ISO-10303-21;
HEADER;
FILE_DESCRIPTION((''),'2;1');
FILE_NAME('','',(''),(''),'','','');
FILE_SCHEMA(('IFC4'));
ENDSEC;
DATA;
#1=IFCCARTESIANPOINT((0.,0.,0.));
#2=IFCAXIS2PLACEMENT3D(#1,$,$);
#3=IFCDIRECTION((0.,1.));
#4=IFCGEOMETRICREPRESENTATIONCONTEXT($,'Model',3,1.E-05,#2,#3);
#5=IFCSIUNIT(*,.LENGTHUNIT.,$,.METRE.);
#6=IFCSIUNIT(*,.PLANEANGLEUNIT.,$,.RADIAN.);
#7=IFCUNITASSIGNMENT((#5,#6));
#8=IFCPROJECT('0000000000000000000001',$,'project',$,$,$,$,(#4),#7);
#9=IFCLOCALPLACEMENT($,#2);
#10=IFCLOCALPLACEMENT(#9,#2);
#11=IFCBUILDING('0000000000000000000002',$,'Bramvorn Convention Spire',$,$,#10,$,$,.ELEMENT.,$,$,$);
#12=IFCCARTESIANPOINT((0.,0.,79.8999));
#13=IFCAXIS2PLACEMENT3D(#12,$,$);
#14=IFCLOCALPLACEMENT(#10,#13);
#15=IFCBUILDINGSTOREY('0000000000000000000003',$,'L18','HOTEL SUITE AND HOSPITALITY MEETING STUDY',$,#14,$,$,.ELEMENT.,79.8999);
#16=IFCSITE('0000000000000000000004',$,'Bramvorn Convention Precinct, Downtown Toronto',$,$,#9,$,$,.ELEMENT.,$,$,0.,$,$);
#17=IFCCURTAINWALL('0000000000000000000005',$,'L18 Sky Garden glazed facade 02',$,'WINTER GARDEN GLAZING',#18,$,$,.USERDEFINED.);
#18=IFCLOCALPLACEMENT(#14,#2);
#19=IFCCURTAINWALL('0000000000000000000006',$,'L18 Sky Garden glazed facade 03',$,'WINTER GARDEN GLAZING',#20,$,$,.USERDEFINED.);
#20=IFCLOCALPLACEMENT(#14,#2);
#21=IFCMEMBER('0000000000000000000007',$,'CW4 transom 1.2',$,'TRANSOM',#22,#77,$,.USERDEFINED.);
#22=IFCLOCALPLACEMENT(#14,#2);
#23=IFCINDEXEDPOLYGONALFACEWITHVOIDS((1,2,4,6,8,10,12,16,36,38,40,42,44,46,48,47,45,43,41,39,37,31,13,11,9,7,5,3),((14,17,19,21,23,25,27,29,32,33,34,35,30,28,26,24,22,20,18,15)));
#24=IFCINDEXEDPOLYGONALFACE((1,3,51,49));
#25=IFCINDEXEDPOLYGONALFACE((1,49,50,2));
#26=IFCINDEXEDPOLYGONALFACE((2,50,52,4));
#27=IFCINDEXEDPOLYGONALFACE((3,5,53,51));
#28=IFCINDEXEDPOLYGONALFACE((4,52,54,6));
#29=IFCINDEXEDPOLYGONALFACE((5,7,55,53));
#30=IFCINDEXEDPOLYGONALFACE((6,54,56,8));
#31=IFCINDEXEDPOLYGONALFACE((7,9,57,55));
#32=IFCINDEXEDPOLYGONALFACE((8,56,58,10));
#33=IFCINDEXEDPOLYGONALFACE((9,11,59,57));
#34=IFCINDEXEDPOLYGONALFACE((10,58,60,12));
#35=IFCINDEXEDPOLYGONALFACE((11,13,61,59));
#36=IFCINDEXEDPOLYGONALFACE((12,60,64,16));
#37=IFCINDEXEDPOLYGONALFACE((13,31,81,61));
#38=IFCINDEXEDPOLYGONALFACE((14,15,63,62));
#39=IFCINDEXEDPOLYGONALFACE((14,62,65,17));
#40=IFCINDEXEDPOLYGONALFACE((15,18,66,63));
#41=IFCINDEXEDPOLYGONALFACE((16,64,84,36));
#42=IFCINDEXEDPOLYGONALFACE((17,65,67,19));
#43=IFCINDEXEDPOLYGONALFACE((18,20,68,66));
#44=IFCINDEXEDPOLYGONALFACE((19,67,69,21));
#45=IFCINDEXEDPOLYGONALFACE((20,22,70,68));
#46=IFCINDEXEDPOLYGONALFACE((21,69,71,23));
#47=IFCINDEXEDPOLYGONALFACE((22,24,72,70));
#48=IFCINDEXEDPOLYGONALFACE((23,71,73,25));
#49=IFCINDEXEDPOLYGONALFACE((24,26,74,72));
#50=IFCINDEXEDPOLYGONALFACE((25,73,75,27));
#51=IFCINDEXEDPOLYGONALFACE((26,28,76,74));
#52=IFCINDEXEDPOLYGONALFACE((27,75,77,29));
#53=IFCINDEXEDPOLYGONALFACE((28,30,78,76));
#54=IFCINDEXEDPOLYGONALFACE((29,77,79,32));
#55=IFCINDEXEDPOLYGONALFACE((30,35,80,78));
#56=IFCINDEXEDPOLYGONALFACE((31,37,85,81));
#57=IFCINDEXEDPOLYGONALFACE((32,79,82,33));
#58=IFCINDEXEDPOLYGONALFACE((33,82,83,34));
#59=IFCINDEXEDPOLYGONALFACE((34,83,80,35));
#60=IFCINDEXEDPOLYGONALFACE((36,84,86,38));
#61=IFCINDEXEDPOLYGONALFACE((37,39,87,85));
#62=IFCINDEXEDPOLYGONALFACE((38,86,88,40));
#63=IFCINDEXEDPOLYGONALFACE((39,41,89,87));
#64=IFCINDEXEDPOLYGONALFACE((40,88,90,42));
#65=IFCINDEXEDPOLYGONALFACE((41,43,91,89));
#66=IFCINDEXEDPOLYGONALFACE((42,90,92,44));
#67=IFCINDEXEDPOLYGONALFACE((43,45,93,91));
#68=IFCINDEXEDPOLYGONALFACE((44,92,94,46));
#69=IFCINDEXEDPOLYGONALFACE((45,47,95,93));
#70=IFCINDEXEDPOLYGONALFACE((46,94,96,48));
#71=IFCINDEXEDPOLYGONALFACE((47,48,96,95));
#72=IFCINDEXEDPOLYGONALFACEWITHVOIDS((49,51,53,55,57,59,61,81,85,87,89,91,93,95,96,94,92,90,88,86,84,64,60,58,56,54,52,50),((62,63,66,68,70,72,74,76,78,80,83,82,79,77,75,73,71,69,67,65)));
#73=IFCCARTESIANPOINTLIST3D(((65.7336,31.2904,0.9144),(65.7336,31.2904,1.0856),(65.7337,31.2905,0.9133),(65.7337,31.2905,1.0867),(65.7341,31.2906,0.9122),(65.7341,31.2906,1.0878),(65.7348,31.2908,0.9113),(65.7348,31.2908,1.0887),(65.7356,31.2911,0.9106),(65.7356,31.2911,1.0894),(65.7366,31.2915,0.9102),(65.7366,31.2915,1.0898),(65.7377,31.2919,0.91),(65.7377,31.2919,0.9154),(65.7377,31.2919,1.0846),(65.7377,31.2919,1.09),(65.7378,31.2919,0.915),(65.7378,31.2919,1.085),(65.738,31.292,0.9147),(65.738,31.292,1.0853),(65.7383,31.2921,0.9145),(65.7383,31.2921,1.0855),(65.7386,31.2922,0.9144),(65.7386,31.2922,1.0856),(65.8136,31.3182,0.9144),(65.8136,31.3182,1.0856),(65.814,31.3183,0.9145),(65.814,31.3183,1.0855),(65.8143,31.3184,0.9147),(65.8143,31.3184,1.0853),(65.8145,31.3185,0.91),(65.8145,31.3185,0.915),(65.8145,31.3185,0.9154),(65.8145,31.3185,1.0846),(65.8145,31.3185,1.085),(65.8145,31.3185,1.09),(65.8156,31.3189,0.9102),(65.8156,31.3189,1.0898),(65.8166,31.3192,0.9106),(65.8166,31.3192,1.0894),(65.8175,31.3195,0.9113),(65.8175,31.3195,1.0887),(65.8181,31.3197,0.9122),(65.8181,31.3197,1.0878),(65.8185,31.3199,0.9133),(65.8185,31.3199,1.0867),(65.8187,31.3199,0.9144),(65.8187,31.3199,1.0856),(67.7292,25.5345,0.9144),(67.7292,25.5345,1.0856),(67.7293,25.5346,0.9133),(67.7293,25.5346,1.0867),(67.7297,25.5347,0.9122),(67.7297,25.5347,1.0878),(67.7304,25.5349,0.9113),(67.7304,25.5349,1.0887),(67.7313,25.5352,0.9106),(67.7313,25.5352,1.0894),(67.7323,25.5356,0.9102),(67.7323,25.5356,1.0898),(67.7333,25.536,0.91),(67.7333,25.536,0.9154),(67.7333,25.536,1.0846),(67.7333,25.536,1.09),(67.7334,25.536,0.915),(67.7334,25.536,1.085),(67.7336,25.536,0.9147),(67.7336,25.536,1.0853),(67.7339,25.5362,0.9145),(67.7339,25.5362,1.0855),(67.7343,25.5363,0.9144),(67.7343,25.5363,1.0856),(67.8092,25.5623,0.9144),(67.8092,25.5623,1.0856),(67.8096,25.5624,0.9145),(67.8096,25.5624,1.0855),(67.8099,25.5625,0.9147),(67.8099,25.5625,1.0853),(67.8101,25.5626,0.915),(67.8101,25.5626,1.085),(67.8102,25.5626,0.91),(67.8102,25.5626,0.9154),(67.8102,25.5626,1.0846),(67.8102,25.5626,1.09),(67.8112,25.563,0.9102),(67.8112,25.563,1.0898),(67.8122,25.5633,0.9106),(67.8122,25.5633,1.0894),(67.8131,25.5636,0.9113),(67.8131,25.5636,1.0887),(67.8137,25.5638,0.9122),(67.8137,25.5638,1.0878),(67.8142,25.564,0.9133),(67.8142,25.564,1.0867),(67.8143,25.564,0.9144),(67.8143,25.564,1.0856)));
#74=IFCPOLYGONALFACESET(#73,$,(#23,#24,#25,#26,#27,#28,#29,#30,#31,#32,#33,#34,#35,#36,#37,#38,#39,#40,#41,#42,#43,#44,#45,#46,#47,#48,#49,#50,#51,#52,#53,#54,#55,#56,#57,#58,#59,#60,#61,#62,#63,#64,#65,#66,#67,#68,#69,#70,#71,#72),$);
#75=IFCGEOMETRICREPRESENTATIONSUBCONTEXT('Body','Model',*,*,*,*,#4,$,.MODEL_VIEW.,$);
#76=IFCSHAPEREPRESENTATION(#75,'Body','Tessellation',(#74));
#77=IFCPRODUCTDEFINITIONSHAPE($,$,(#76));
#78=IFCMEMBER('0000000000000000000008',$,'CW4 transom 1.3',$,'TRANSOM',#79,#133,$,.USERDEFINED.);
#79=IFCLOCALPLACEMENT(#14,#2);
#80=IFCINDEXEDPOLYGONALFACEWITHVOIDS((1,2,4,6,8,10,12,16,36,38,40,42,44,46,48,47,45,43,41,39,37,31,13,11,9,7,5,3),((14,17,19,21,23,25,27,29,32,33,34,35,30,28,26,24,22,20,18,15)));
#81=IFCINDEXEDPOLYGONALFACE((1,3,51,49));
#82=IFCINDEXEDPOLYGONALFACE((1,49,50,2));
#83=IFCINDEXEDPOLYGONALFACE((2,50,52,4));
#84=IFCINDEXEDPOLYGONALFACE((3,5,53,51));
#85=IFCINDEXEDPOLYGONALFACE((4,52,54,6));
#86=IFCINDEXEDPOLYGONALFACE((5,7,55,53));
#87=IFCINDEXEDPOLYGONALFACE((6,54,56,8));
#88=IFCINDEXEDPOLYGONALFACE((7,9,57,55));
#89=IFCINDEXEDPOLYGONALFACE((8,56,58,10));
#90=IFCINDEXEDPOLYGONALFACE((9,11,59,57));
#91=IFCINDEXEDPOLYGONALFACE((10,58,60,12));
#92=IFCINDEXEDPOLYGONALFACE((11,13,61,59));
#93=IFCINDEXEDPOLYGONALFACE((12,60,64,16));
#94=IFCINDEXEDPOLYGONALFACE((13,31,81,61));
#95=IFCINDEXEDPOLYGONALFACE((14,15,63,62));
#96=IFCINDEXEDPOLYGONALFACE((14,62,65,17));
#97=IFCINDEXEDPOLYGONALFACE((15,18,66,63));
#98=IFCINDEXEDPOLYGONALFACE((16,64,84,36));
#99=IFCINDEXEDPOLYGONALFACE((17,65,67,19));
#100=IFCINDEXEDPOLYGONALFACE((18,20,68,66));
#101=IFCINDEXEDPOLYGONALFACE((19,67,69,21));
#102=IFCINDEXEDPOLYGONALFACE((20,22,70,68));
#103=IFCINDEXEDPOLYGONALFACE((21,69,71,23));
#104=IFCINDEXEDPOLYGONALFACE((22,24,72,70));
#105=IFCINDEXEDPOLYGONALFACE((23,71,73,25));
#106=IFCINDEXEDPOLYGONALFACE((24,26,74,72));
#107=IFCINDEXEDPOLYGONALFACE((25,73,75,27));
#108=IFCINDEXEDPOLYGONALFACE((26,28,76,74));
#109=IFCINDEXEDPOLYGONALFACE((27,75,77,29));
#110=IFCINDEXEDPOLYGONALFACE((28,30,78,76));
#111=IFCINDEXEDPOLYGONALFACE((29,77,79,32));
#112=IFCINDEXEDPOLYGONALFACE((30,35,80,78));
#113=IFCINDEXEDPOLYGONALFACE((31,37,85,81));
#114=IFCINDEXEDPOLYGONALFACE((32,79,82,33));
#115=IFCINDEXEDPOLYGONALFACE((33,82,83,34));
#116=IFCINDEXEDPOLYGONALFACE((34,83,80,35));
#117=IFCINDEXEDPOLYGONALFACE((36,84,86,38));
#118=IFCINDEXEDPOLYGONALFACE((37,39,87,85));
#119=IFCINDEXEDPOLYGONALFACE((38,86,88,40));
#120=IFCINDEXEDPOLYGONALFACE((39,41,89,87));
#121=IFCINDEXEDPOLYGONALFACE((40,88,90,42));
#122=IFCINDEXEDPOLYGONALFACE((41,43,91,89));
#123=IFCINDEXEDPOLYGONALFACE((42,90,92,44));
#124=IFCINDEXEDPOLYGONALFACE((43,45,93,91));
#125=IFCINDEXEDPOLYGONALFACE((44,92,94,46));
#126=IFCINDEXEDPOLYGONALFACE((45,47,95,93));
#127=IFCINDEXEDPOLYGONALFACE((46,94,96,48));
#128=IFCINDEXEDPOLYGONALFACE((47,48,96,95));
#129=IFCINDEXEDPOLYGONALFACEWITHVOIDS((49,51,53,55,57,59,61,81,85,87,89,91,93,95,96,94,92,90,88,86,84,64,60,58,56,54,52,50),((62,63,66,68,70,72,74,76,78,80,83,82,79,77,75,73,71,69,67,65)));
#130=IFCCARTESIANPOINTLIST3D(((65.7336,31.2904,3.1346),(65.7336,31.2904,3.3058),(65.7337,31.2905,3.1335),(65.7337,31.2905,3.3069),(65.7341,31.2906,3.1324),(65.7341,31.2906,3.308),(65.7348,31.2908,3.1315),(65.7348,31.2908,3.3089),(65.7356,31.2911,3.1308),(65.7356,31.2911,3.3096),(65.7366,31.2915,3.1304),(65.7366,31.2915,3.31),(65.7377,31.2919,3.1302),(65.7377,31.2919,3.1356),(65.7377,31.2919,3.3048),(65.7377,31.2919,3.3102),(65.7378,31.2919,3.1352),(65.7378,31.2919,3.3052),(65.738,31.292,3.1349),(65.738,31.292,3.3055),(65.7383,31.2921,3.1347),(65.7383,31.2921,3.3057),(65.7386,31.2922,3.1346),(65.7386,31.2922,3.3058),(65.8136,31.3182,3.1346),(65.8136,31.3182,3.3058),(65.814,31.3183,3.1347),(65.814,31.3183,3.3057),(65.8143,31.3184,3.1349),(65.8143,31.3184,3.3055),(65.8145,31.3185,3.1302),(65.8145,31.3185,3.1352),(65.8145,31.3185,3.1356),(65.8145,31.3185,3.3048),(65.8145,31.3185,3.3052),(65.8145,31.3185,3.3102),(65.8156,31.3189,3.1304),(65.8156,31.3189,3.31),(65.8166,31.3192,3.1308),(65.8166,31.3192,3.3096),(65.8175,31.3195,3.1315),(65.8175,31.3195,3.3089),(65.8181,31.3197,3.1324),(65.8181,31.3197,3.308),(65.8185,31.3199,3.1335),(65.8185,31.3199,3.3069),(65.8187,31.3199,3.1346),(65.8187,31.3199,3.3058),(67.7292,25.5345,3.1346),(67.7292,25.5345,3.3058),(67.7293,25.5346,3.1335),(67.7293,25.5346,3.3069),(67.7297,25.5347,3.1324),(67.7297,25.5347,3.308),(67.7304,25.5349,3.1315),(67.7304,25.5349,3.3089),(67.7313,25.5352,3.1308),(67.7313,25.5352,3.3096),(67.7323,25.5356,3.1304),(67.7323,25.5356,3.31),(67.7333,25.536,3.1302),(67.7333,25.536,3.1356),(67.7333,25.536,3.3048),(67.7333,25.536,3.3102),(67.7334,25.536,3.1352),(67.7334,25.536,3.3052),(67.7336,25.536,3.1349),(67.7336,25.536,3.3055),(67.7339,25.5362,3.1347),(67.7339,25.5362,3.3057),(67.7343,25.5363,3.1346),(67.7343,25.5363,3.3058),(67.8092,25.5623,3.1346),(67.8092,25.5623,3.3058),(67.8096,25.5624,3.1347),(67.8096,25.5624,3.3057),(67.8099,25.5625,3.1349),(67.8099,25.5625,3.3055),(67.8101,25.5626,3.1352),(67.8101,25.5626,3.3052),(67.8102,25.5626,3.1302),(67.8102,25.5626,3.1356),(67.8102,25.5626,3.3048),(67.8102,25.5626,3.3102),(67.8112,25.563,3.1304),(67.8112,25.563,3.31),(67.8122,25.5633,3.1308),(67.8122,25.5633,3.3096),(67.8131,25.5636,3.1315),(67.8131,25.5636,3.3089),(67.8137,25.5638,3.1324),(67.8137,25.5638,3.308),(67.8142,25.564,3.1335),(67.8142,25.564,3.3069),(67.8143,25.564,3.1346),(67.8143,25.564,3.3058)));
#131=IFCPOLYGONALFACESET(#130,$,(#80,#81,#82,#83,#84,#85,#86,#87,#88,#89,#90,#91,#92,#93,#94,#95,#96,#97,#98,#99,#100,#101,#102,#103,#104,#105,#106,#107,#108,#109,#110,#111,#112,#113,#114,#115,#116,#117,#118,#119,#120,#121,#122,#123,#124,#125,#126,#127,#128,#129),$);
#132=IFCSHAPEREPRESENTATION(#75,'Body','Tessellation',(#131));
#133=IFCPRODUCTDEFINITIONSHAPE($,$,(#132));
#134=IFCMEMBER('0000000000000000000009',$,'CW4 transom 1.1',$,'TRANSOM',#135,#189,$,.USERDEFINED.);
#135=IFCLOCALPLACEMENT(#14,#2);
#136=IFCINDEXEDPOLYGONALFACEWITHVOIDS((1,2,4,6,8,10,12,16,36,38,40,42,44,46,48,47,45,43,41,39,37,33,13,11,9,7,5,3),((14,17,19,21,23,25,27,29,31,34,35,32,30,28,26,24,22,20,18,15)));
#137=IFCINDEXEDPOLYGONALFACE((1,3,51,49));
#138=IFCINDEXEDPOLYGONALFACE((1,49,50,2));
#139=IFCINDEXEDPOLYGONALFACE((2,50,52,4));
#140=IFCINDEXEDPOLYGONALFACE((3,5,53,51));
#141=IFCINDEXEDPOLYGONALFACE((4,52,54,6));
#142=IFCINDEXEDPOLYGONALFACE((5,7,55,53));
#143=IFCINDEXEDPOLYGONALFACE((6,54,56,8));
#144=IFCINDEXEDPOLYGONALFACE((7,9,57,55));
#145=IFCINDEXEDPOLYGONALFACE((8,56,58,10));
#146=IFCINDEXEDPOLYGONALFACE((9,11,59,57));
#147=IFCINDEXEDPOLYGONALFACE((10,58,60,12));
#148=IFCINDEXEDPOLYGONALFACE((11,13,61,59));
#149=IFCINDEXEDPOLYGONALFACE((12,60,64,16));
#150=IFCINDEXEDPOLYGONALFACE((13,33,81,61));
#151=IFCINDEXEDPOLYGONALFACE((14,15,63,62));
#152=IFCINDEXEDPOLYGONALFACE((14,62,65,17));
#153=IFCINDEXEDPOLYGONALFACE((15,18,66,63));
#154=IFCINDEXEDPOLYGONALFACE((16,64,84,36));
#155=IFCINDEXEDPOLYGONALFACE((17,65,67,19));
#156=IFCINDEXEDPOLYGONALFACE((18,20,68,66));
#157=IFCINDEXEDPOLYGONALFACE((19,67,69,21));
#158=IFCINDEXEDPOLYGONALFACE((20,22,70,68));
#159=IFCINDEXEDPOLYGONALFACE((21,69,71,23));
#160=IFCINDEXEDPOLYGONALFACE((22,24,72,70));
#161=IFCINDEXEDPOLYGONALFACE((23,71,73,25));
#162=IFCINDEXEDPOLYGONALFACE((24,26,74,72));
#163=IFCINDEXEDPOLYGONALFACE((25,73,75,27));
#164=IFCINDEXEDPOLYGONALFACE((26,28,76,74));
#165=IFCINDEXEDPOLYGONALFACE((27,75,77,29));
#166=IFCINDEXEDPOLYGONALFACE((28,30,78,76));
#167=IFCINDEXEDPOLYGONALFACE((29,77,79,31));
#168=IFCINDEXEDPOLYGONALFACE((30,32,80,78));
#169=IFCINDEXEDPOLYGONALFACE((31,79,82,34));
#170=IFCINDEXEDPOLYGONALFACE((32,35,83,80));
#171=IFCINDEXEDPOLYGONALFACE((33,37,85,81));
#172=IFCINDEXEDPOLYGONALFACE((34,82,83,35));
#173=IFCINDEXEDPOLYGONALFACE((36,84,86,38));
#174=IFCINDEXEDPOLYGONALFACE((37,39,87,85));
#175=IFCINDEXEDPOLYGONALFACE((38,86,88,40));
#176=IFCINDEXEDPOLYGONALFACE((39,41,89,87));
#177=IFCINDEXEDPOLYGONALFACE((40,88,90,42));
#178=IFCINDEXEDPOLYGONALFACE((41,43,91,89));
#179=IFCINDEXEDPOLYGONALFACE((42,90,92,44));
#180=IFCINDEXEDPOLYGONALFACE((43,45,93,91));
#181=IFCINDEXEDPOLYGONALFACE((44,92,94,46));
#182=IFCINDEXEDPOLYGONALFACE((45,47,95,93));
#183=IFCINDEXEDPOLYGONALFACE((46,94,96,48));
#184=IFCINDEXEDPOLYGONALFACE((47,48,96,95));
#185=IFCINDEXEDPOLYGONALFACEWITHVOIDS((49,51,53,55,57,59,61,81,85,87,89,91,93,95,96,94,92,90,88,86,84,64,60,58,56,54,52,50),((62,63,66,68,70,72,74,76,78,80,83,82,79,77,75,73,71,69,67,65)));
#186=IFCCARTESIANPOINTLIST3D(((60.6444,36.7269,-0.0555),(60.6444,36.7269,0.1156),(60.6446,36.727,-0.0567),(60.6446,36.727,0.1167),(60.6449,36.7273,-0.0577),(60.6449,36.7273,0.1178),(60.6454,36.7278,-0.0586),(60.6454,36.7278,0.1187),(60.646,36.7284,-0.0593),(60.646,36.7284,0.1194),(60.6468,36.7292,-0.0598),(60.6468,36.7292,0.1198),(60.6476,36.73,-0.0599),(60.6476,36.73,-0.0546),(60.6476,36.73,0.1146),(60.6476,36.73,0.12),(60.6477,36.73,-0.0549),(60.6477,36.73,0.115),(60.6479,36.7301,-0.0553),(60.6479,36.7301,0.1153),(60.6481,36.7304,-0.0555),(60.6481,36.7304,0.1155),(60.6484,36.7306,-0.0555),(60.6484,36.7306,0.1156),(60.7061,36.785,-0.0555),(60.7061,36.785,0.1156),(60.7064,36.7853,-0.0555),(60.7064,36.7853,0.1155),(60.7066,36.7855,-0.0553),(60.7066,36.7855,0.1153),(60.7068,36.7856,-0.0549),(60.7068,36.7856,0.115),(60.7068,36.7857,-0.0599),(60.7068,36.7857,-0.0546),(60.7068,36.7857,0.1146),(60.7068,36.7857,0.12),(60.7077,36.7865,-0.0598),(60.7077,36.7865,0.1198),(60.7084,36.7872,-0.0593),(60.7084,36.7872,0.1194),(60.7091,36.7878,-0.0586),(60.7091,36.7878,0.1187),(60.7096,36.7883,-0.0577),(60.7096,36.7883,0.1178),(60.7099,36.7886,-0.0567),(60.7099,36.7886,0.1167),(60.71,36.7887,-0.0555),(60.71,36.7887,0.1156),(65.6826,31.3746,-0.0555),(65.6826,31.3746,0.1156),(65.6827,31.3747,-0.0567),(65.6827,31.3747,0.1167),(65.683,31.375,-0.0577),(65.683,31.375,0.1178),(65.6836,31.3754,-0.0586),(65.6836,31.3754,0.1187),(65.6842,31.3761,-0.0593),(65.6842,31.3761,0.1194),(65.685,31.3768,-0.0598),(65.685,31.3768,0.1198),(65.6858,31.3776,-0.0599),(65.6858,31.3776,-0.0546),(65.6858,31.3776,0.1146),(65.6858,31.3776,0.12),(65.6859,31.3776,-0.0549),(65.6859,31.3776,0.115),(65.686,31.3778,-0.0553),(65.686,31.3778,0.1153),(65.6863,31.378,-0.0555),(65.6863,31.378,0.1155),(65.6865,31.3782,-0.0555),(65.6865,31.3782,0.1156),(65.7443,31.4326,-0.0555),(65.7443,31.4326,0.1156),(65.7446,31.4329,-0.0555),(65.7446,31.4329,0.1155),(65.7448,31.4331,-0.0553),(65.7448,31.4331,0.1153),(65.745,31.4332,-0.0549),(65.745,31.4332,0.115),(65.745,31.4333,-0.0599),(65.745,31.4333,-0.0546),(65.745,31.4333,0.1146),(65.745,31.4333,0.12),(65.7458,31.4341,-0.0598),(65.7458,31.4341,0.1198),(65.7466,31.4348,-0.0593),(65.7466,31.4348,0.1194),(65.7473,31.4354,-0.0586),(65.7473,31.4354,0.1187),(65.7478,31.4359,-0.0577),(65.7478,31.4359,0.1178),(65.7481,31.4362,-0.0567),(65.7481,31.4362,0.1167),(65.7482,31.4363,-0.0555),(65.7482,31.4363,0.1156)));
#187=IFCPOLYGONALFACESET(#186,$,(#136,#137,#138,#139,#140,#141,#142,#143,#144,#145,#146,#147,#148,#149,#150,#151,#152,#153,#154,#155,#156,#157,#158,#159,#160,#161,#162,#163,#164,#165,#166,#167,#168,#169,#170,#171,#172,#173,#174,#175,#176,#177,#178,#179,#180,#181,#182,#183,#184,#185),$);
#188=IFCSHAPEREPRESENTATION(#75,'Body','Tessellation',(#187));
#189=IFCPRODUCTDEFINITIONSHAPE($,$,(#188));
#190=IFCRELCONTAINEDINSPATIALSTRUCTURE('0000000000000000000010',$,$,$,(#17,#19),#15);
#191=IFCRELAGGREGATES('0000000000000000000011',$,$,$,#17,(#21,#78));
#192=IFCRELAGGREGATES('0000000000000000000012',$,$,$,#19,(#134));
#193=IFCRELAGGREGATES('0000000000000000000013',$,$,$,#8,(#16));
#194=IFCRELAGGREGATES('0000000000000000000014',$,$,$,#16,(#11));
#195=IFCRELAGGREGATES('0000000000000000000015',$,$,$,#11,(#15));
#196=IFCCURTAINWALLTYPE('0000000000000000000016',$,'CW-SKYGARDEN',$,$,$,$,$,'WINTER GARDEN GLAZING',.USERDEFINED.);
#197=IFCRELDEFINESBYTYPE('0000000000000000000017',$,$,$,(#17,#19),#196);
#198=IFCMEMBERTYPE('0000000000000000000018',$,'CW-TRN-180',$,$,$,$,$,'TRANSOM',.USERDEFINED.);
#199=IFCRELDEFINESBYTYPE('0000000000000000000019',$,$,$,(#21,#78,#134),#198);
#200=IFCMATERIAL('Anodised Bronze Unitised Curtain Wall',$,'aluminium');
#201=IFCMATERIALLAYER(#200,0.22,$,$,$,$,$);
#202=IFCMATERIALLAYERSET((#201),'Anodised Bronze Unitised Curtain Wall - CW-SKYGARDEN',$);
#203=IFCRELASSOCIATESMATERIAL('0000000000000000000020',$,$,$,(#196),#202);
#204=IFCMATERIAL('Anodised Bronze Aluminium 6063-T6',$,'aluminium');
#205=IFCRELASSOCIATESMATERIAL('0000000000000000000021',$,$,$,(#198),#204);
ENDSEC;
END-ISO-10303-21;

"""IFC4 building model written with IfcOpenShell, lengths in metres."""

from ifc_helpers import new_model, si_unit, direction, frame, origin, origin_2d, place, context, subcontext, project, spatial, hollow_rectangle, extrude, material, layer, layer_set, material_profile, profile_set, type_object, element, aggregate, save


model = new_model("IFC4")

# Units and contexts
model_context = context("Model", 3, precision=1e-05, world=origin(), true_north=direction((0.0, 1.0)))
body_context = subcontext(model_context, "Body", "Model", "MODEL_VIEW")
ifc_project = project(units=[si_unit("LENGTHUNIT", "METRE"), si_unit("PLANEANGLEUNIT", "RADIAN")], contexts=[model_context])

# Site, building, storey
site_placement = place(None, origin())
site = spatial("IfcSite", under=ifc_project, at=site_placement, Name="Bramvorn Convention Precinct, Downtown Toronto", CompositionType="ELEMENT", RefElevation=0.0)
building_placement = place(site_placement, origin())
building = spatial("IfcBuilding", under=site, at=building_placement, Name="Bramvorn Convention Spire", CompositionType="ELEMENT")
storey_placement = place(building_placement, frame((0.0, 0.0, 79.8999)))
storey = spatial("IfcBuildingStorey", under=building, at=storey_placement, Name="L18", Description="HOTEL SUITE AND HOSPITALITY MEETING STUDY", CompositionType="ELEMENT", Elevation=79.8999)

# Shared definitions
ifc_material_1 = material(Name="Anodised Bronze Unitised Curtain Wall", Category="aluminium")
ifc_material_2 = material(Name="Anodised Bronze Aluminium 6063-T6", Category="aluminium")

# Curtain wall
ifc_layer_1 = layer(ifc_material_1, 0.22)
ifc_layer_set_1 = layer_set([ifc_layer_1], Name="Anodised Bronze Unitised Curtain Wall - CW-SKYGARDEN")
curtain_wall_type_1 = type_object("IfcCurtainWallType", Name="CW-SKYGARDEN", ElementType="WINTER GARDEN GLAZING", PredefinedType="USERDEFINED", material=ifc_layer_set_1)
curtain_wall_1_placement = place(storey_placement, origin())
curtain_wall_1 = element("IfcCurtainWall", 1, at=curtain_wall_1_placement, inside=storey, type_object=curtain_wall_type_1, Name="L18 Sky Garden glazed facade 02", ObjectType="WINTER GARDEN GLAZING", PredefinedType="USERDEFINED")

# Curtain wall
curtain_wall_2_placement = place(storey_placement, origin())
curtain_wall_2 = element("IfcCurtainWall", 2, at=curtain_wall_2_placement, inside=storey, type_object=curtain_wall_type_1, Name="L18 Sky Garden glazed facade 03", ObjectType="WINTER GARDEN GLAZING", PredefinedType="USERDEFINED")

# Members
ifc_material_profile_1 = material_profile(ifc_material_2, hollow_rectangle(XDim=0.0901, YDim=0.1799, WallThickness=0.0044, InnerFilletRadius=0.001, OuterFilletRadius=0.0044, at=origin_2d()))
ifc_profile_set_1 = profile_set([ifc_material_profile_1], Name="Anodised Bronze Aluminium 6063-T6 - CWT90X180")
member_type_1 = type_object("IfcMemberType", Name="CW-TRN-180", ElementType="TRANSOM", PredefinedType="USERDEFINED", material=ifc_profile_set_1)
member_1_placement = place(storey_placement, frame((65.7761, 31.3052, 1.0), z_axis=(0.327579, -0.944824, 0.0), x_axis=(0.944824, 0.327579, 0.0)))
member_1 = element("IfcMember", 3, at=member_1_placement, type_object=member_type_1, Name="CW4 transom 1.2", ObjectType="TRANSOM", PredefinedType="USERDEFINED", context=body_context, shape_type="SweptSolid", body=[
    extrude(hollow_rectangle(XDim=0.0901, YDim=0.1799, WallThickness=0.0044, InnerFilletRadius=0.001, OuterFilletRadius=0.0044, at=origin_2d()), origin(), (0.0, 0.0, 1.0), 6.092),
])
member_2_placement = place(storey_placement, frame((65.7761, 31.3052, 3.2202), z_axis=(0.327579, -0.944824, 0.0), x_axis=(0.944824, 0.327579, 0.0)))
member_2 = element("IfcMember", 4, at=member_2_placement, type_object=member_type_1, Name="CW4 transom 1.3", ObjectType="TRANSOM", PredefinedType="USERDEFINED", context=body_context, shape_type="SweptSolid", body=[
    extrude(hollow_rectangle(XDim=0.0901, YDim=0.1799, WallThickness=0.0044, InnerFilletRadius=0.001, OuterFilletRadius=0.0044, at=origin_2d()), origin(), (0.0, 0.0, 1.0), 6.092),
])
member_3_placement = place(storey_placement, frame((60.6772, 36.7578, 0.03), z_axis=(0.68541, -0.728157, 0.0), x_axis=(0.728157, 0.68541, 0.0)))
member_3 = element("IfcMember", 5, at=member_3_placement, type_object=member_type_1, Name="CW4 transom 1.1", ObjectType="TRANSOM", PredefinedType="USERDEFINED", context=body_context, shape_type="SweptSolid", body=[
    extrude(hollow_rectangle(XDim=0.0901, YDim=0.1799, WallThickness=0.0044, InnerFilletRadius=0.001, OuterFilletRadius=0.0044, at=origin_2d()), origin(), (0.0, 0.0, 1.0), 7.3506),
])

aggregate(curtain_wall_1, [member_1, member_2])
aggregate(curtain_wall_2, [member_3])

save(model, "model.ifc")
